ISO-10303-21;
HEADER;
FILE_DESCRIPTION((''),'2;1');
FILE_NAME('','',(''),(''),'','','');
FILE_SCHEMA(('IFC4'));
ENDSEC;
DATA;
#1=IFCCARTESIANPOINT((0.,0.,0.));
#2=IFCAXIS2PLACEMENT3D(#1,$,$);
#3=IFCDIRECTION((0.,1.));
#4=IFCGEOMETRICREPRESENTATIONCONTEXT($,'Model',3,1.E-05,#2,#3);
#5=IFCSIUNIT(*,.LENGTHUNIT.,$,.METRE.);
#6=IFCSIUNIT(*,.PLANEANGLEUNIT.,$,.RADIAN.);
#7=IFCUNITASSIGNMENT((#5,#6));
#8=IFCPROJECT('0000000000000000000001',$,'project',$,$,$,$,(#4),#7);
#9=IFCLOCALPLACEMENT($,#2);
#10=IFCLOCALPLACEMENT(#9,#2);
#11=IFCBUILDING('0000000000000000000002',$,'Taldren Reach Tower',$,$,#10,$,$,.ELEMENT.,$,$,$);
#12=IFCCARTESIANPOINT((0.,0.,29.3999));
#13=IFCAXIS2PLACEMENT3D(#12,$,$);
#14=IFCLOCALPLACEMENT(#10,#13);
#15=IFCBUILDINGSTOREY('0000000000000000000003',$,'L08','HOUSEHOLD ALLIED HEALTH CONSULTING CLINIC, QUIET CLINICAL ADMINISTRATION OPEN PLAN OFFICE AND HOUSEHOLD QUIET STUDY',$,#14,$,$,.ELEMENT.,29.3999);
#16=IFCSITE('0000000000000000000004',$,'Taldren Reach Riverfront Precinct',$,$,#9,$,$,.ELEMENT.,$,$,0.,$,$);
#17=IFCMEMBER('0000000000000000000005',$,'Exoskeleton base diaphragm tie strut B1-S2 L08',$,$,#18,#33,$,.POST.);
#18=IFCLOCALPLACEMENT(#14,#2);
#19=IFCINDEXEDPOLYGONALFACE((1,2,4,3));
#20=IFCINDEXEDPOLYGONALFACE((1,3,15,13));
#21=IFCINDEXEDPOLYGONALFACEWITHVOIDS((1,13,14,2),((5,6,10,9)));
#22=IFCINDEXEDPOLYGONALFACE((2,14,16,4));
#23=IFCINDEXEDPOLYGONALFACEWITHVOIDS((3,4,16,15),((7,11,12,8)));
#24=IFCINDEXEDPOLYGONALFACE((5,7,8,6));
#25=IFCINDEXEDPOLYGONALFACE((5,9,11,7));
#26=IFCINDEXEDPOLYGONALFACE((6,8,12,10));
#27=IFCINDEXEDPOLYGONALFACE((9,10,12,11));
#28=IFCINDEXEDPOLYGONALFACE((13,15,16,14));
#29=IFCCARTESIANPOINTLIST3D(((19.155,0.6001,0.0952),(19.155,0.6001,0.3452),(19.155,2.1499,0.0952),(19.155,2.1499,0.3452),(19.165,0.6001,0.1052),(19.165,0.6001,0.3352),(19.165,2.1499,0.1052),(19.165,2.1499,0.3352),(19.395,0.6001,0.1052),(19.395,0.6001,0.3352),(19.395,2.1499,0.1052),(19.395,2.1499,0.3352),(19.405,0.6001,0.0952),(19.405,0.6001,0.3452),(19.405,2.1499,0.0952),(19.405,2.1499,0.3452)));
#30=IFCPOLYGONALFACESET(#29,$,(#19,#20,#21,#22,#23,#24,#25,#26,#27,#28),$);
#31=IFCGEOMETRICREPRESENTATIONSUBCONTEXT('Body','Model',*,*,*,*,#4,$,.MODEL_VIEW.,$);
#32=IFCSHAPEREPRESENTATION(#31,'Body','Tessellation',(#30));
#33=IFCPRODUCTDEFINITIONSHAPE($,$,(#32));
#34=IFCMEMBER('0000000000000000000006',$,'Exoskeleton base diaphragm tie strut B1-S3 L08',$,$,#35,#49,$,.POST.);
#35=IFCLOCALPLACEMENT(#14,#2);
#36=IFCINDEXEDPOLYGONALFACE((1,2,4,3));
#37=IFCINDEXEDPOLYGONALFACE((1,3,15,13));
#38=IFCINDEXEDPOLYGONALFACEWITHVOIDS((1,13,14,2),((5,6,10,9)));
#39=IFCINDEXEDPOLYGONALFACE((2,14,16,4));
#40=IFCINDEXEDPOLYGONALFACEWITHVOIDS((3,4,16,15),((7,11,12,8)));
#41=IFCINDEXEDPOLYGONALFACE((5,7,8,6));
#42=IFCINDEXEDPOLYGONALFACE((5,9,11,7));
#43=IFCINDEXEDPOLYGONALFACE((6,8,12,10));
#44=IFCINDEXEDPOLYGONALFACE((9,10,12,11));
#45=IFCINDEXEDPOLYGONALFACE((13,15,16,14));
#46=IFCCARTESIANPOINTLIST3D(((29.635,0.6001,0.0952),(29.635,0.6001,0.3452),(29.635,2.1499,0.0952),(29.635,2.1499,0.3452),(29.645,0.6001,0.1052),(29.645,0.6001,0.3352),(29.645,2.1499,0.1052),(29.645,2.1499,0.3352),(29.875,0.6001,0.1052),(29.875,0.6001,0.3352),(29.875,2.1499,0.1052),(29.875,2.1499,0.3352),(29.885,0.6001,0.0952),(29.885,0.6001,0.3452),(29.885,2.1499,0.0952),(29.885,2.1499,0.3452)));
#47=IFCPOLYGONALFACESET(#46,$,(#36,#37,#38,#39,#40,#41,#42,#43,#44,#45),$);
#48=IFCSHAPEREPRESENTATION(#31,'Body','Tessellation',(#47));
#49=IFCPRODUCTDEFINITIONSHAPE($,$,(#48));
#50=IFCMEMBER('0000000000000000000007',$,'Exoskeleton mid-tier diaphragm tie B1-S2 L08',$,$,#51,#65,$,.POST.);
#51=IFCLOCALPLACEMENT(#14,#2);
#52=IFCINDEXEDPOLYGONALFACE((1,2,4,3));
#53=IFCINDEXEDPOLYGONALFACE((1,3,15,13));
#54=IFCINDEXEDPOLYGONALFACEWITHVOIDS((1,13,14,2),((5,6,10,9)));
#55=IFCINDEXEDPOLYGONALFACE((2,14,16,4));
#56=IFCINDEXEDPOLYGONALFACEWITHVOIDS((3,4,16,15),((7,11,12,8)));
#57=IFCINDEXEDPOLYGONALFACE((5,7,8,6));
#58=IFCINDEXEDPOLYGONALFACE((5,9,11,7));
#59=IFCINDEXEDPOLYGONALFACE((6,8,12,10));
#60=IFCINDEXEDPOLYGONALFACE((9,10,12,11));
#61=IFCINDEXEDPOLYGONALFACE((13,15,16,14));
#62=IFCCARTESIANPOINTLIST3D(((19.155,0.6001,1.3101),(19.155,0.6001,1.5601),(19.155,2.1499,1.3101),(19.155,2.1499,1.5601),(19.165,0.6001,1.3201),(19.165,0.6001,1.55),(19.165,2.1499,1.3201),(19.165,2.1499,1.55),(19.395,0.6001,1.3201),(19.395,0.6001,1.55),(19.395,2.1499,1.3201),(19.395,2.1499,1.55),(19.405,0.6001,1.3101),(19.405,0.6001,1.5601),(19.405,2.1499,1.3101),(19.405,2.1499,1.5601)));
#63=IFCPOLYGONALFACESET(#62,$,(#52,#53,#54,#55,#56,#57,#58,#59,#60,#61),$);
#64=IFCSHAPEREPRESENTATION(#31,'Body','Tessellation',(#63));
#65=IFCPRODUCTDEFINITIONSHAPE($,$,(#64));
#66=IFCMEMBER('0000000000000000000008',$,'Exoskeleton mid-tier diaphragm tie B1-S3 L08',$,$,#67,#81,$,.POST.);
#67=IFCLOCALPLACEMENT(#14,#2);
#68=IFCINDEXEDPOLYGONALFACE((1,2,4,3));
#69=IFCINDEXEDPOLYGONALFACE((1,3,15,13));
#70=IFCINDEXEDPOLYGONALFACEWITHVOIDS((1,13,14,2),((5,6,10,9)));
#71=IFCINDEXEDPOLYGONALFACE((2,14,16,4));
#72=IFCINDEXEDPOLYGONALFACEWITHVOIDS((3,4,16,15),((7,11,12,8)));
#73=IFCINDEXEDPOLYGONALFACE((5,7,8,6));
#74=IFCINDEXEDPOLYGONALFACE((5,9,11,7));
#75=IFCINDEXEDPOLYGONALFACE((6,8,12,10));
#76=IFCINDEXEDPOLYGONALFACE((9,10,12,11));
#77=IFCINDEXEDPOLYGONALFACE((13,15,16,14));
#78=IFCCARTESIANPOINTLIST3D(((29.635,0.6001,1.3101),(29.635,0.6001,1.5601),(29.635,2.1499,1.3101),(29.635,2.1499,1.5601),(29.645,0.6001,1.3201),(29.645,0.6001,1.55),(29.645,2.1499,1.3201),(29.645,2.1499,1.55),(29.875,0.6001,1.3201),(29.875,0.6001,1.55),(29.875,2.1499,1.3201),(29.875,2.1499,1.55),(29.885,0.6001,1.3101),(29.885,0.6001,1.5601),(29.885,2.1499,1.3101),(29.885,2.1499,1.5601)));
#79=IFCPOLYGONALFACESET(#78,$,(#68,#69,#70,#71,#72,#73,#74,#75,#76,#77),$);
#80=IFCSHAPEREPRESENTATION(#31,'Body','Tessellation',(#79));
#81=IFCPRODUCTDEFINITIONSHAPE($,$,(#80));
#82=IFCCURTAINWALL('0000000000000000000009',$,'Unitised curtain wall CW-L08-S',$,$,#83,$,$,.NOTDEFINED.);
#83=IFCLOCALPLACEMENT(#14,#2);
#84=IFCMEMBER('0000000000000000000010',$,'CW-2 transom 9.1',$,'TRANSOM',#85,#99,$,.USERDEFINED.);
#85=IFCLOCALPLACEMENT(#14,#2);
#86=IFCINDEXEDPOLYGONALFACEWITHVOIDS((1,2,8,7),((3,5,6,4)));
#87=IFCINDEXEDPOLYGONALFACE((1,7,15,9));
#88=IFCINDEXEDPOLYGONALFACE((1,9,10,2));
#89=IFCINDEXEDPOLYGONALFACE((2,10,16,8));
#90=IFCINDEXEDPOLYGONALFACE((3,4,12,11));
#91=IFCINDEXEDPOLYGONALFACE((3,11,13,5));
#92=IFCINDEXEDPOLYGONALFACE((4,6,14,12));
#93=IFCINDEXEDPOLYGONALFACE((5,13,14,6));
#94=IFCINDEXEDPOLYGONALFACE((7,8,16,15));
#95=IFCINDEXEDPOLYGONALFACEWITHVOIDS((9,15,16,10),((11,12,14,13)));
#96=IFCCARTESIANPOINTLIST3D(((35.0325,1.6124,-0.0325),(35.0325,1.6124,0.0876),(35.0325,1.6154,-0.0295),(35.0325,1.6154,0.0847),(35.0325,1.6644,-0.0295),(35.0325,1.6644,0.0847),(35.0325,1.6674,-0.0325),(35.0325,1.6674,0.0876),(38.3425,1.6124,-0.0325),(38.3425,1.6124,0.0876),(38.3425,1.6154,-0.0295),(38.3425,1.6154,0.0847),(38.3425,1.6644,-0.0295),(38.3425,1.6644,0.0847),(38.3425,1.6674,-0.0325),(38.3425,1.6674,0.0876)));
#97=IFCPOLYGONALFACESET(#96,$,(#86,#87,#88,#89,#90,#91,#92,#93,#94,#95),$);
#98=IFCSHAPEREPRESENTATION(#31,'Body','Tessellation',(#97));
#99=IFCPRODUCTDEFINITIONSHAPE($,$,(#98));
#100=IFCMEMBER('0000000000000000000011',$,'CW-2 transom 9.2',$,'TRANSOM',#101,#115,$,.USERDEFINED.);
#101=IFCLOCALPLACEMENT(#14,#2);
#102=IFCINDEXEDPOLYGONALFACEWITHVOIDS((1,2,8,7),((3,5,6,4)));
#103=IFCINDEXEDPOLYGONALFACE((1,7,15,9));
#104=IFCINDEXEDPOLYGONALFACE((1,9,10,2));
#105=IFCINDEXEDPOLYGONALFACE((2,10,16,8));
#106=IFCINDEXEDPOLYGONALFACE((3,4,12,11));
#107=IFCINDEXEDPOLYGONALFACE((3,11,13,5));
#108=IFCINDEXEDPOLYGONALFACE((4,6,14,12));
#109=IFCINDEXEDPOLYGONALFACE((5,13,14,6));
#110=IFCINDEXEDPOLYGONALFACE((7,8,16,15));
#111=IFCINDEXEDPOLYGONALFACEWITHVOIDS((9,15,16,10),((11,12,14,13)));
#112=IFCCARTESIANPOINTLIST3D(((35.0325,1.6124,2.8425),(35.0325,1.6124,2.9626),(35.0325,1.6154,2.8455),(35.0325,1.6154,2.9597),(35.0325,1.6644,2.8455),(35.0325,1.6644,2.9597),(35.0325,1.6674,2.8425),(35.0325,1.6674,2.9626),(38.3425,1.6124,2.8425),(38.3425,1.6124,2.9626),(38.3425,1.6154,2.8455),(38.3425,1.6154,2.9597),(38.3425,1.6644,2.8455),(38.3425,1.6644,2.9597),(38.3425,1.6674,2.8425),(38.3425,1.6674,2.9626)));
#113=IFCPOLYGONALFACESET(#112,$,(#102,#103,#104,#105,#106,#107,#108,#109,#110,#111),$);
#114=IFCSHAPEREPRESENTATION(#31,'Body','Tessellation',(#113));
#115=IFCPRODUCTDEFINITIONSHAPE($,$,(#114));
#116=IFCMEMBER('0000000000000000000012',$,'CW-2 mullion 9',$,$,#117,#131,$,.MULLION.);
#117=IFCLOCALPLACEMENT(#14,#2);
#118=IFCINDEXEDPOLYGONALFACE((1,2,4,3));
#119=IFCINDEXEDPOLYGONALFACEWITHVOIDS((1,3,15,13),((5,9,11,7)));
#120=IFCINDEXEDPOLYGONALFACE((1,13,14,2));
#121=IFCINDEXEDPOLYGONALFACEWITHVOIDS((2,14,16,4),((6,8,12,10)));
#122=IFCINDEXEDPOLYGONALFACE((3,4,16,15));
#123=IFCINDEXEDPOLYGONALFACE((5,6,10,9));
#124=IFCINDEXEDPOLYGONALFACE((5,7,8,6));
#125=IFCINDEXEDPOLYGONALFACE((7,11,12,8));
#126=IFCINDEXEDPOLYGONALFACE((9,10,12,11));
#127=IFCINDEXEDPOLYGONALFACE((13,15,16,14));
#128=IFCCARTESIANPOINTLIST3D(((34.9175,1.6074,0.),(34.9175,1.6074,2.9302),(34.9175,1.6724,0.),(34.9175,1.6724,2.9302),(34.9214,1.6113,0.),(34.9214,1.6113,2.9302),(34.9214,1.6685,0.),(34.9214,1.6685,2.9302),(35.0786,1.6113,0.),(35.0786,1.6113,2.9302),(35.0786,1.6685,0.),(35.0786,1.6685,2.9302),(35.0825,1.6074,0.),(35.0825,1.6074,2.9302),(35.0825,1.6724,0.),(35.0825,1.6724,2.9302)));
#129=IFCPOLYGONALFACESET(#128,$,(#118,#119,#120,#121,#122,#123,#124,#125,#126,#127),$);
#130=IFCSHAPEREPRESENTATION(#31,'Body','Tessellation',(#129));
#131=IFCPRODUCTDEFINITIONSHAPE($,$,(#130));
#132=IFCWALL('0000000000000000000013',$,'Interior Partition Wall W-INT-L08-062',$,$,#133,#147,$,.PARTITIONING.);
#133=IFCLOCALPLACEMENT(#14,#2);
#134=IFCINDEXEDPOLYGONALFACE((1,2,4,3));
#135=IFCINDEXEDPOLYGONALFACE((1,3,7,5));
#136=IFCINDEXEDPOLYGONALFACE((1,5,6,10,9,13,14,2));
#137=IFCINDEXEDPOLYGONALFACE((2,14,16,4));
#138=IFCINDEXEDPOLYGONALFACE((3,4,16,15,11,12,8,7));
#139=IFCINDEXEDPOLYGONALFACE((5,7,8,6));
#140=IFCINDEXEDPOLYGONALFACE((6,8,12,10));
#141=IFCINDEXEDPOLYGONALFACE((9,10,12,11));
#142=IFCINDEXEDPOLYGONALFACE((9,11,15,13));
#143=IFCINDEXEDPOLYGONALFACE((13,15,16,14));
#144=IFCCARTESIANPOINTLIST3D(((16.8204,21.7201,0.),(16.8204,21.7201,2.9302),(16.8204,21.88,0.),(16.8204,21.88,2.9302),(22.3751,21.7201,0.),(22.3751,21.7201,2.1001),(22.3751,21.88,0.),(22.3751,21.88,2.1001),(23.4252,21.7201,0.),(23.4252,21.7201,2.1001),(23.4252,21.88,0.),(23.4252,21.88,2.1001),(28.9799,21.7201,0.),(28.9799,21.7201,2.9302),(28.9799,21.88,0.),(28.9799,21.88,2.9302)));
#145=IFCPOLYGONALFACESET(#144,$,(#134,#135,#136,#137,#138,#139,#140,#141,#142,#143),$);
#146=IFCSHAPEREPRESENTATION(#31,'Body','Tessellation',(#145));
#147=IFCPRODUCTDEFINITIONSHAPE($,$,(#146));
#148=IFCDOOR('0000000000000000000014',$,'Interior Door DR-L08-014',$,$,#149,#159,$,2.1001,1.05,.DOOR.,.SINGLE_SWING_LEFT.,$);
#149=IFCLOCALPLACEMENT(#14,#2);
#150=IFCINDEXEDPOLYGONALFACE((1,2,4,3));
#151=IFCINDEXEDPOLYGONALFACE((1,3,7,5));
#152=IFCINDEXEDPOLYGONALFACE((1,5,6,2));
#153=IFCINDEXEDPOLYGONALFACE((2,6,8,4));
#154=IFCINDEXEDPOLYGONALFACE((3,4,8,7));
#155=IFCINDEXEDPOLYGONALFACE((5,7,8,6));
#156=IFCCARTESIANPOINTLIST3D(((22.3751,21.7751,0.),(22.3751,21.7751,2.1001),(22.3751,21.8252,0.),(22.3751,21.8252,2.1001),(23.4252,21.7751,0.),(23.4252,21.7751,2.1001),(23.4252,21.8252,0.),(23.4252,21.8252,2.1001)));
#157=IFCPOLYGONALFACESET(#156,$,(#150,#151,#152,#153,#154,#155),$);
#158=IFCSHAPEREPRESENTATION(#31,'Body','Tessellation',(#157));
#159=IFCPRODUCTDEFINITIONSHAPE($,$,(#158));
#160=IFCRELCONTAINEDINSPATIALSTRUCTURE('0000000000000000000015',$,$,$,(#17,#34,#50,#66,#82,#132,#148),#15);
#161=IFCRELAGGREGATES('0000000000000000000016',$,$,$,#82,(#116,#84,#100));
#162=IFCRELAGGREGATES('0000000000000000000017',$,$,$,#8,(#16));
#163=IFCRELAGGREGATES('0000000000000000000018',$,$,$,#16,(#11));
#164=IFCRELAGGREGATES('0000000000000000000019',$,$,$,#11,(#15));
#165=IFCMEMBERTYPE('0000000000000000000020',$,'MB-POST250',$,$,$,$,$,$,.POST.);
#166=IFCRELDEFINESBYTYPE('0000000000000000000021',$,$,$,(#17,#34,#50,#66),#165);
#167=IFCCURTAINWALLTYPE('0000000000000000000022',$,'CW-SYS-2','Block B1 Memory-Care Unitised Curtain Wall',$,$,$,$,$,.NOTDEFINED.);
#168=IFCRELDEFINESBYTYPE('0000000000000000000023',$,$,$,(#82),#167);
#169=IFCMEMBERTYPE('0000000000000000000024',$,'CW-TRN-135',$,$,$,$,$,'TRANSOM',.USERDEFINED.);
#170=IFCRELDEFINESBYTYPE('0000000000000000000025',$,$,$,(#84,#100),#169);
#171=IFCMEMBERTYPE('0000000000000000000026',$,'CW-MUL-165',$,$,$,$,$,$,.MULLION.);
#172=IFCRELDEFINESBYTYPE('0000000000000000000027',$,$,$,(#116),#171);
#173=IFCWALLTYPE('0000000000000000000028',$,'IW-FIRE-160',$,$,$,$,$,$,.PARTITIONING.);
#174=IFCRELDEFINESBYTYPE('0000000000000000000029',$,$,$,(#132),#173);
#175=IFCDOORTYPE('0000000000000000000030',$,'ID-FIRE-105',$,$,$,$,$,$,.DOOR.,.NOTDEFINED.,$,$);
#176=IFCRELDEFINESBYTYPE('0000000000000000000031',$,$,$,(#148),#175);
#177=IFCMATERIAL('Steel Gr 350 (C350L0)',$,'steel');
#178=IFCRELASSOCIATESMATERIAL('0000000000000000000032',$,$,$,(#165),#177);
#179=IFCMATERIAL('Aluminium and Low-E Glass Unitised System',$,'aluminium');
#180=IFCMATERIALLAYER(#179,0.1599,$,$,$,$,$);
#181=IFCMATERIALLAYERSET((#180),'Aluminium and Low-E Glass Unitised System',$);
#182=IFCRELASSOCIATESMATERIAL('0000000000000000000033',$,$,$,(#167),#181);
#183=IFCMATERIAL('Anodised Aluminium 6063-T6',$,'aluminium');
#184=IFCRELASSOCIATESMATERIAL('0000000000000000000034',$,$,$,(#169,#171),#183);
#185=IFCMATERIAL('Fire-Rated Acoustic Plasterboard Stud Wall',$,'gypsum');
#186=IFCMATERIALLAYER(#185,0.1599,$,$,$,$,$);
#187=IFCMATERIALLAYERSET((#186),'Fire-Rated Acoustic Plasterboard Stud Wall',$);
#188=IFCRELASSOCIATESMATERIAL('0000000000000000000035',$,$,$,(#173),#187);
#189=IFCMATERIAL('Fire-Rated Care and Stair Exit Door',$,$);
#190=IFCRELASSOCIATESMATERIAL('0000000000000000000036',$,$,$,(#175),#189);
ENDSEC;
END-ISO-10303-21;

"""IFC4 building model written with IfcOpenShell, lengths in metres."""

from ifc_helpers import new_model, si_unit, direction, frame, frame_2d, origin, origin_2d, place, context, subcontext, project, spatial, rectangle, hollow_rectangle, extrude, source, transform, mapped, material, layer, layer_set, material_profile, profile_set, type_object, element, fill, aggregate, save


model = new_model("IFC4")

# Units and contexts
model_context = context("Model", 3, precision=1e-05, world=origin(), true_north=direction((0.0, 1.0)))
body_context = subcontext(model_context, "Body", "Model", "MODEL_VIEW")
ifc_project = project(units=[si_unit("LENGTHUNIT", "METRE"), si_unit("PLANEANGLEUNIT", "RADIAN")], contexts=[model_context])

# Site, building, storey
site_placement = place(None, origin())
site = spatial("IfcSite", under=ifc_project, at=site_placement, Name="Taldren Reach Riverfront Precinct", CompositionType="ELEMENT", RefElevation=0.0)
building_placement = place(site_placement, origin())
building = spatial("IfcBuilding", under=site, at=building_placement, Name="Taldren Reach Tower", CompositionType="ELEMENT")
storey_placement = place(building_placement, frame((0.0, 0.0, 29.3999)))
storey = spatial("IfcBuildingStorey", under=building, at=storey_placement, Name="L08", Description="HOUSEHOLD ALLIED HEALTH CONSULTING CLINIC, QUIET CLINICAL ADMINISTRATION OPEN PLAN OFFICE AND HOUSEHOLD QUIET STUDY", CompositionType="ELEMENT", Elevation=29.3999)

# Members
ifc_material_1 = material(Name="Steel Gr 350 (C350L0)", Category="steel")
ifc_material_profile_1 = material_profile(ifc_material_1, hollow_rectangle(XDim=0.25, YDim=0.25, WallThickness=0.01, at=origin_2d()), Name="250x250x10.0SHS")
ifc_profile_set_1 = profile_set([ifc_material_profile_1], Name="Steel Gr 350 (C350L0)")
member_type_1 = type_object("IfcMemberType", Name="MB-POST250", PredefinedType="POST", material=ifc_profile_set_1)
shared_shape_1 = source(origin(), body_context, "Body", "SweptSolid", [
    extrude(hollow_rectangle(XDim=0.25, YDim=0.25, WallThickness=0.01, at=origin_2d()), origin(), (0.0, 0.0, 1.0), 1.5498),
])
for number, where, z_axis, x_axis, name in (
    (1, (19.28, 2.1499, 0.2202), (0.0, -1.0, 0.0), (1.0, 0.0, 0.0), "Exoskeleton base diaphragm tie strut B1-S2 L08"),
    (2, (29.76, 2.1499, 0.2202), (0.0, -1.0, 0.0), (1.0, 0.0, 0.0), "Exoskeleton base diaphragm tie strut B1-S3 L08"),
    (3, (19.28, 2.1499, 1.4351), (0.0, -1.0, 0.0), (1.0, 0.0, 0.0), "Exoskeleton mid-tier diaphragm tie B1-S2 L08"),
    (4, (29.76, 2.1499, 1.4351), (0.0, -1.0, 0.0), (1.0, 0.0, 0.0), "Exoskeleton mid-tier diaphragm tie B1-S3 L08"),
):
    element("IfcMember", number, at=place(storey_placement, frame(where, z_axis=z_axis, x_axis=x_axis)), inside=storey, type_object=member_type_1, Name=name, PredefinedType="POST", context=body_context, shape_type="MappedRepresentation", body=[
        mapped(shared_shape_1, transform((0.0, 0.0, 0.0), scale=1.0)),
    ])

# Curtain wall, members
ifc_material_2 = material(Name="Aluminium and Low-E Glass Unitised System", Category="aluminium")
ifc_layer_1 = layer(ifc_material_2, 0.1599)
ifc_layer_set_1 = layer_set([ifc_layer_1], Name="Aluminium and Low-E Glass Unitised System")
curtain_wall_type = type_object("IfcCurtainWallType", Name="CW-SYS-2", Description="Block B1 Memory-Care Unitised Curtain Wall", PredefinedType="NOTDEFINED", material=ifc_layer_set_1)
curtain_wall_placement = place(storey_placement, origin())
curtain_wall = element("IfcCurtainWall", 5, at=curtain_wall_placement, inside=storey, type_object=curtain_wall_type, Name="Unitised curtain wall CW-L08-S", PredefinedType="NOTDEFINED")
ifc_material_3 = material(Name="Anodised Aluminium 6063-T6", Category="aluminium")
ifc_material_profile_2 = material_profile(ifc_material_3, hollow_rectangle(XDim=0.0549, YDim=0.1201, WallThickness=0.0029, at=origin_2d()), Name="ALU-120x55x3RHS")
ifc_profile_set_2 = profile_set([ifc_material_profile_2], Name="Anodised Aluminium 6063-T6")
member_type_2 = type_object("IfcMemberType", Name="CW-TRN-135", ElementType="TRANSOM", PredefinedType="USERDEFINED", material=ifc_profile_set_2)
shared_shape_2 = source(origin(), body_context, "Body", "SweptSolid", [
    extrude(hollow_rectangle(XDim=0.0549, YDim=0.1201, WallThickness=0.0029, at=origin_2d()), origin(), (0.0, 0.0, 1.0), 3.3101),
])
member_1_placement = place(storey_placement, frame((35.0325, 1.6399, 0.0276), z_axis=(1.0, 0.0, 0.0), x_axis=(0.0, 1.0, 0.0)))
member_1 = element("IfcMember", 6, at=member_1_placement, type_object=member_type_2, Name="CW-2 transom 9.1", ObjectType="TRANSOM", PredefinedType="USERDEFINED", context=body_context, shape_type="MappedRepresentation", body=[
    mapped(shared_shape_2, transform((0.0, 0.0, 0.0), scale=1.0)),
])
member_2_placement = place(storey_placement, frame((35.0325, 1.6399, 2.9026), z_axis=(1.0, 0.0, 0.0), x_axis=(0.0, 1.0, 0.0)))
member_2 = element("IfcMember", 7, at=member_2_placement, type_object=member_type_2, Name="CW-2 transom 9.2", ObjectType="TRANSOM", PredefinedType="USERDEFINED", context=body_context, shape_type="MappedRepresentation", body=[
    mapped(shared_shape_2, transform((0.0, 0.0, 0.0), scale=1.0)),
])
ifc_material_profile_3 = material_profile(ifc_material_3, hollow_rectangle(XDim=0.0649, YDim=0.165, WallThickness=0.0039, at=origin_2d()), Name="ALU-165x65x4RHS")
ifc_profile_set_3 = profile_set([ifc_material_profile_3], Name="Anodised Aluminium 6063-T6")
member_type_3 = type_object("IfcMemberType", Name="CW-MUL-165", PredefinedType="MULLION", material=ifc_profile_set_3)
shared_shape_3 = source(origin(), body_context, "Body", "SweptSolid", [
    extrude(hollow_rectangle(XDim=0.0649, YDim=0.165, WallThickness=0.0039, at=origin_2d()), origin(), (0.0, 0.0, 1.0), 2.9302),
])
member_3_placement = place(storey_placement, frame((35.0, 1.6399, 0.0), z_axis=(0.0, 0.0, 1.0), x_axis=(0.0, 1.0, 0.0)))
member_3 = element("IfcMember", 8, at=member_3_placement, type_object=member_type_3, Name="CW-2 mullion 9", PredefinedType="MULLION", context=body_context, shape_type="MappedRepresentation", body=[
    mapped(shared_shape_3, transform((0.0, 0.0, 0.0), scale=1.0)),
])
aggregate(curtain_wall, [member_3, member_1, member_2])

# Wall, opening, door
ifc_material_4 = material(Name="Fire-Rated Acoustic Plasterboard Stud Wall", Category="gypsum")
ifc_layer_2 = layer(ifc_material_4, 0.1599)
ifc_layer_set_2 = layer_set([ifc_layer_2], Name="Fire-Rated Acoustic Plasterboard Stud Wall")
wall_type_1 = type_object("IfcWallType", Name="IW-FIRE-160", PredefinedType="PARTITIONING", material=ifc_layer_set_2)
shared_shape_4 = source(origin(), body_context, "Body", "SweptSolid", [
    extrude(rectangle(XDim=12.1594, YDim=0.1599, at=frame_2d((6.0796, 0.0))), origin(), (0.0, 0.0, 1.0), 2.9302),
])
wall_1_placement = place(storey_placement, frame((28.9797, 21.8, 0.0), z_axis=(0.0, 0.0, 1.0), x_axis=(-1.0, 0.0, 0.0)))
wall_1 = element("IfcWall", 9, at=wall_1_placement, inside=storey, type_object=wall_type_1, Name="Interior Partition Wall W-INT-L08-062", PredefinedType="PARTITIONING", context=body_context, shape_type="MappedRepresentation", body=[
    mapped(shared_shape_4, transform((0.0, 0.0, 0.0), scale=1.0)),
])
shared_shape_5 = source(origin(), body_context, "Body", "SweptSolid", [
    extrude(rectangle(XDim=1.05, YDim=2.1001, at=frame_2d((0.5249, 1.05))), frame((0.0, 0.0898, 0.0), z_axis=(0.0, -1.0, 0.0), x_axis=(1.0, 0.0, 0.0)), (0.0, 0.0, 1.0), 0.1799),
])
opening_1_placement = place(wall_1_placement, frame((5.5547, 0.0, 0.0)))
opening_1 = element("IfcOpeningElement", 10, at=opening_1_placement, cuts=wall_1, PredefinedType="OPENING", context=body_context, shape_type="MappedRepresentation", body=[
    mapped(shared_shape_5, transform((0.0, 0.0, 0.0), scale=1.0)),
])
ifc_material_5 = material(Name="Fire-Rated Care and Stair Exit Door")
door_type_1 = type_object("IfcDoorType", Name="ID-FIRE-105", OperationType="NOTDEFINED", PredefinedType="DOOR", material=ifc_material_5)
shared_shape_6 = source(origin(), body_context, "Body", "SweptSolid", [
    extrude(rectangle(XDim=1.05, YDim=2.1001, at=frame_2d((0.5249, 1.05))), frame((0.0, 0.0249, 0.0), z_axis=(0.0, -1.0, 0.0), x_axis=(1.0, 0.0, 0.0)), (0.0, 0.0, 1.0), 0.05),
])
door_1_placement = place(opening_1_placement, origin())
door_1 = element("IfcDoor", 11, at=door_1_placement, inside=storey, type_object=door_type_1, Name="Interior Door DR-L08-014", OperationType="SINGLE_SWING_LEFT", OverallHeight=2.1001, OverallWidth=1.05, PredefinedType="DOOR", context=body_context, shape_type="MappedRepresentation", body=[
    mapped(shared_shape_6, transform((0.0, 0.0, 0.0), scale=1.0)),
])
fill(opening_1, door_1)

save(model, "model.ifc")
